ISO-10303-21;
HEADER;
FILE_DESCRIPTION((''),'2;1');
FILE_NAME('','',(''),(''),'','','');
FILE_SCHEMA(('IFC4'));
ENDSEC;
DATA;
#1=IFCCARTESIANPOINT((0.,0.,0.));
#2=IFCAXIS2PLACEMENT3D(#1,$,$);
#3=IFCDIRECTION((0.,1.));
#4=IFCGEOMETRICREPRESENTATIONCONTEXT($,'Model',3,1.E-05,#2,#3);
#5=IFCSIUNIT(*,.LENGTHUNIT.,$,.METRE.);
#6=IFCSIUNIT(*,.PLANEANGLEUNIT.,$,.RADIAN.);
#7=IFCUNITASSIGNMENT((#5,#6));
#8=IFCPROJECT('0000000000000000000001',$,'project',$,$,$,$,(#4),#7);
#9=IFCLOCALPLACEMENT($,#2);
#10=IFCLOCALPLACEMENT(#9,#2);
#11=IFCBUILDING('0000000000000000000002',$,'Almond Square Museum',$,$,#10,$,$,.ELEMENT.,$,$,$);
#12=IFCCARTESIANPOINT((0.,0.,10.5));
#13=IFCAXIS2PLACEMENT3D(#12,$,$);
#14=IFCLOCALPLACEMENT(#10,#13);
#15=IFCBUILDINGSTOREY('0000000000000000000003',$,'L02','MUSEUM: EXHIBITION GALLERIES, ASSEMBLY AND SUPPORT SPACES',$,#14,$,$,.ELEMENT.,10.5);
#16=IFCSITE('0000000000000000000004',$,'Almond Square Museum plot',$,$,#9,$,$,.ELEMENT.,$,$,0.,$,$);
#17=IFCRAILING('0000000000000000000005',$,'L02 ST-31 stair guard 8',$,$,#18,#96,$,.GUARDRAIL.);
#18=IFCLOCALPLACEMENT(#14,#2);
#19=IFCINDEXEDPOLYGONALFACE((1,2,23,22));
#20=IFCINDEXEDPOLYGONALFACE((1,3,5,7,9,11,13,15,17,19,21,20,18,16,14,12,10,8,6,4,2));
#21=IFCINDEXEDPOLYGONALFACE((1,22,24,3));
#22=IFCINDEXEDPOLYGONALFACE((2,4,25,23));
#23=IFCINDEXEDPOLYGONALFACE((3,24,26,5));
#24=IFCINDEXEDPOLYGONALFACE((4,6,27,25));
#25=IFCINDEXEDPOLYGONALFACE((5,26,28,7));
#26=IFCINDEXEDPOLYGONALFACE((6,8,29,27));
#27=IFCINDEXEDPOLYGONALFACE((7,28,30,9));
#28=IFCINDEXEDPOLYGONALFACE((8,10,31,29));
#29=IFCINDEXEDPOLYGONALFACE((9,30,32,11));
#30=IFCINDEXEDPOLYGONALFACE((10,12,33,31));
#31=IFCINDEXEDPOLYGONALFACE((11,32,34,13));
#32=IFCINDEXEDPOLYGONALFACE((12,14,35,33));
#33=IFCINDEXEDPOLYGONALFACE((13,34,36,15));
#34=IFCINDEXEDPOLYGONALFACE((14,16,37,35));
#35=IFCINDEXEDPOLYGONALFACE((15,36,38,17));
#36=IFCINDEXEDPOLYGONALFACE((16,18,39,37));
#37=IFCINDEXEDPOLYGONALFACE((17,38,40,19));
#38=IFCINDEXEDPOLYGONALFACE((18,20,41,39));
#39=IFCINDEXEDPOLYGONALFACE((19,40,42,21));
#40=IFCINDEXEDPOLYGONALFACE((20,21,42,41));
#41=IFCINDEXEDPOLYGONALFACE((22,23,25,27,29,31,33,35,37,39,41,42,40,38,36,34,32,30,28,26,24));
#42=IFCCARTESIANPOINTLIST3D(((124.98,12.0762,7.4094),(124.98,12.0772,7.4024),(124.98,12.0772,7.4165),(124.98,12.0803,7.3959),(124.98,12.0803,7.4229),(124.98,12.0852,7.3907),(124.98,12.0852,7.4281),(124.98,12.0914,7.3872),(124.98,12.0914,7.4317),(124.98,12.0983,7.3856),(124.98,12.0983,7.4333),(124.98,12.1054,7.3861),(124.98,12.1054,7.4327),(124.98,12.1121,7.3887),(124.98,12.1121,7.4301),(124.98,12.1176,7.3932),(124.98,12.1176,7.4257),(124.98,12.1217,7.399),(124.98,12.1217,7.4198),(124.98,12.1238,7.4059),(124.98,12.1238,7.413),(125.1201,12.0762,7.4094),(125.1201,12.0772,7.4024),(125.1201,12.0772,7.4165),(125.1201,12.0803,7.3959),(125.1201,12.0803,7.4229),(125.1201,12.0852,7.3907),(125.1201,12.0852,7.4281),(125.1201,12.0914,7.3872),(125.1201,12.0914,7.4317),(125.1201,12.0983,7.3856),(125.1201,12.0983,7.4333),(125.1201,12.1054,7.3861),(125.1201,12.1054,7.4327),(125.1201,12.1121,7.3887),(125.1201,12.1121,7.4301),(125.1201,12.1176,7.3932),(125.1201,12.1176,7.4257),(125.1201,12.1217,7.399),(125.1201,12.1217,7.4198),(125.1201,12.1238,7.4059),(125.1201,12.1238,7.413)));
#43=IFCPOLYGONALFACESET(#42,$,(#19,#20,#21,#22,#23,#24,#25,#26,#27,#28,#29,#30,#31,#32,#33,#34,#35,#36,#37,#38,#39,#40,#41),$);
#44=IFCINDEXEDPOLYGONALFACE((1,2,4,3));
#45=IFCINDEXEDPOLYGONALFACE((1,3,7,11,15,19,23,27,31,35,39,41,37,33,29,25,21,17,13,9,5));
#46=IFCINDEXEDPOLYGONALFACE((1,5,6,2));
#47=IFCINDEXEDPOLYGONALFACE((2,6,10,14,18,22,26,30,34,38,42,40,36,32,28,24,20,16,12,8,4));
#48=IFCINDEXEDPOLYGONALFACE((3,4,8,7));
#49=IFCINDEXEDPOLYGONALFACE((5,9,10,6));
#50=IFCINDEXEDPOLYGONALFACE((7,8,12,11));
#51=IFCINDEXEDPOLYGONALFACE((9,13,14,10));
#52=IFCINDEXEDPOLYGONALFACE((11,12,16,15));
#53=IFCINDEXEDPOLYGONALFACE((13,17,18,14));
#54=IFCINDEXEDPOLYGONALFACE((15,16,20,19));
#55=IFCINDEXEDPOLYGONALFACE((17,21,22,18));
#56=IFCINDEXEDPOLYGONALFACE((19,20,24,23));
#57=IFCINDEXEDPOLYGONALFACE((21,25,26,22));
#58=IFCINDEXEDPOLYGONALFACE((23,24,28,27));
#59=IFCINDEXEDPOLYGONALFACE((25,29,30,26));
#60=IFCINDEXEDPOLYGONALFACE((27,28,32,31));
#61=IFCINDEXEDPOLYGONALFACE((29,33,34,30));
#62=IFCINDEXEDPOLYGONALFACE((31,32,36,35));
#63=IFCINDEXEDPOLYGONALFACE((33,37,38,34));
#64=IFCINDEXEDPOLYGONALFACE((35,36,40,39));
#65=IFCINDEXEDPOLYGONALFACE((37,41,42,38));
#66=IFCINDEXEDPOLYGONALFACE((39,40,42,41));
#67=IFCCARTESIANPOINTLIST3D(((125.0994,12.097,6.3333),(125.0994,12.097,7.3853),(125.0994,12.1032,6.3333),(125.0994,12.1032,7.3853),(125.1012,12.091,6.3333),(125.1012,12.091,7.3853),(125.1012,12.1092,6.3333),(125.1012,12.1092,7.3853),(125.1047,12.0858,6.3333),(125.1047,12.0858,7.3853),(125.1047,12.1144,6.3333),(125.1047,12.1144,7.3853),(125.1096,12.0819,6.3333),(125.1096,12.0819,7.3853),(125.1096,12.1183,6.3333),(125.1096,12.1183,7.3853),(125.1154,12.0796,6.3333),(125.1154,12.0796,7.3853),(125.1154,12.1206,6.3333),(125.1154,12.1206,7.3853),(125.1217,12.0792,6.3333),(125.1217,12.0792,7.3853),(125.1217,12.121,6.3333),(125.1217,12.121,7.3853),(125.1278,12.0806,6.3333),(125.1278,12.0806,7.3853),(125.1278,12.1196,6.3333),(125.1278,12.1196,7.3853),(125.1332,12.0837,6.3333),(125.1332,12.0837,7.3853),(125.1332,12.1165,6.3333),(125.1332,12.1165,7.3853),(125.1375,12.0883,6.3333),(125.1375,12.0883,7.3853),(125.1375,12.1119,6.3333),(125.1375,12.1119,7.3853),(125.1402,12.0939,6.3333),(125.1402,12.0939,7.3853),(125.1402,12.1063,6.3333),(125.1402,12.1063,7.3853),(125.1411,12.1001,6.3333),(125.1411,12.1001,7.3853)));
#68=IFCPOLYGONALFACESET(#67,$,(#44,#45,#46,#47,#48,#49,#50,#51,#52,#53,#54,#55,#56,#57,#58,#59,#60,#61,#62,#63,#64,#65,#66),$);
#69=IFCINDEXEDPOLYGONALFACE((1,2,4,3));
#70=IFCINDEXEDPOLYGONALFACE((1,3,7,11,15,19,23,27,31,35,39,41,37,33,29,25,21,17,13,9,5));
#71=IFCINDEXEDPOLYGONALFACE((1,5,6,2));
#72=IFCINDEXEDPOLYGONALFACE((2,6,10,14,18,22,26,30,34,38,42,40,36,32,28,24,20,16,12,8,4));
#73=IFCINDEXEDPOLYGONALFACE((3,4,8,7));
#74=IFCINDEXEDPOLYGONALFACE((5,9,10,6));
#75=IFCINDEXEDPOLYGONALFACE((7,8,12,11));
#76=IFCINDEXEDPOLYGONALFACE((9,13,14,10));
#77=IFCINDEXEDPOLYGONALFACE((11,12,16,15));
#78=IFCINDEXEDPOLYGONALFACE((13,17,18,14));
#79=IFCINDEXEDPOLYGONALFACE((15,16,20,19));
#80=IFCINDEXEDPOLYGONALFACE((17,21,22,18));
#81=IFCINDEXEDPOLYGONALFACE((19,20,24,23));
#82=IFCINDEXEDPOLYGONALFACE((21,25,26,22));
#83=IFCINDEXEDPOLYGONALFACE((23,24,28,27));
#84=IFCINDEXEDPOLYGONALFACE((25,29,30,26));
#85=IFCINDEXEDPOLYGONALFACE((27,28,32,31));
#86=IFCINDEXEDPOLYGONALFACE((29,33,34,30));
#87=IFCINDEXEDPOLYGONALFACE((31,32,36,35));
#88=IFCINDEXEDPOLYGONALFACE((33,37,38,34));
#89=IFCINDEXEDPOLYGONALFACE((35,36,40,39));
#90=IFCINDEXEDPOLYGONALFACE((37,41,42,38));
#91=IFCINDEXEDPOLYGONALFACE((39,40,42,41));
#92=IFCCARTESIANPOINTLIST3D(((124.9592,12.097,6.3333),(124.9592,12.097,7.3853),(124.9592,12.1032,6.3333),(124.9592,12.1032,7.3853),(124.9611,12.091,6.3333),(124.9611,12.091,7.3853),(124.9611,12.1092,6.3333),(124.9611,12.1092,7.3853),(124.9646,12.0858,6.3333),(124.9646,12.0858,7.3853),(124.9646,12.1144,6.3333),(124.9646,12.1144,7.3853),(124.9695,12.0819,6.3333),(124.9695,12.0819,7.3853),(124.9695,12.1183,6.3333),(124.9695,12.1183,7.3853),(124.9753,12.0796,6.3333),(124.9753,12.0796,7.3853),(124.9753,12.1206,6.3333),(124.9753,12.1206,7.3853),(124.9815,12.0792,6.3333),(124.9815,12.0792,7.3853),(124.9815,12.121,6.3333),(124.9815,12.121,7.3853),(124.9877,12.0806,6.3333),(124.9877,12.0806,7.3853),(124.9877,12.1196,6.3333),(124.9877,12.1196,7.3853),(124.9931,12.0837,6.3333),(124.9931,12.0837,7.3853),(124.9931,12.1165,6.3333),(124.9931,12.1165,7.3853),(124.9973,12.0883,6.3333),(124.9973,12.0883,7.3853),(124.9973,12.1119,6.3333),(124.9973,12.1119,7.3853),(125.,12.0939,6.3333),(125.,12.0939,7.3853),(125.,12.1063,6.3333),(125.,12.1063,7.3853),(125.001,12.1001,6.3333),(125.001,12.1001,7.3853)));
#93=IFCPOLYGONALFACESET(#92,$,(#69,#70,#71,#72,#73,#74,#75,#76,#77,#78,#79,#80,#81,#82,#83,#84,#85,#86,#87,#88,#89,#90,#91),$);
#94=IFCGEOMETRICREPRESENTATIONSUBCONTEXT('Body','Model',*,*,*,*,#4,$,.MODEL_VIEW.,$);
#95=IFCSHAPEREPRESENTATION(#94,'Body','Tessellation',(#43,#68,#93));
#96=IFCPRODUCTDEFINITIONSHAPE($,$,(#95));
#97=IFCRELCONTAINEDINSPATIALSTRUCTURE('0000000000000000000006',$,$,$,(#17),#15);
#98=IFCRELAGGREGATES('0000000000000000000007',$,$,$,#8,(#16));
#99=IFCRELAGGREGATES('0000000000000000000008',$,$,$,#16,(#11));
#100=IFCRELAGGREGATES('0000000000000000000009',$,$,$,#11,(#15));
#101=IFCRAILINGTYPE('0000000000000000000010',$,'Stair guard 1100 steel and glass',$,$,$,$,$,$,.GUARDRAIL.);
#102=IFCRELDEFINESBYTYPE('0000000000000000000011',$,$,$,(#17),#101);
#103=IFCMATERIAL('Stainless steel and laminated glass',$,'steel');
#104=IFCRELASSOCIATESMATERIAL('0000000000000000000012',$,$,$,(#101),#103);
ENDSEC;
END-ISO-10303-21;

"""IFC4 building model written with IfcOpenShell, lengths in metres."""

from ifc_helpers import new_model, si_unit, direction, frame, origin, origin_2d, place, context, subcontext, project, spatial, circle, extrude, material, type_object, element, save


model = new_model("IFC4")

# Units and contexts
model_context = context("Model", 3, precision=1e-05, world=origin(), true_north=direction((0.0, 1.0)))
body_context = subcontext(model_context, "Body", "Model", "MODEL_VIEW")
ifc_project = project(units=[si_unit("LENGTHUNIT", "METRE"), si_unit("PLANEANGLEUNIT", "RADIAN")], contexts=[model_context])

# Site, building, storey
site_placement = place(None, origin())
site = spatial("IfcSite", under=ifc_project, at=site_placement, Name="Almond Square Museum plot", CompositionType="ELEMENT", RefElevation=0.0)
building_placement = place(site_placement, origin())
building = spatial("IfcBuilding", under=site, at=building_placement, Name="Almond Square Museum", CompositionType="ELEMENT")
storey_placement = place(building_placement, frame((0.0, 0.0, 10.5)))
storey = spatial("IfcBuildingStorey", under=building, at=storey_placement, Name="L02", Description="MUSEUM: EXHIBITION GALLERIES, ASSEMBLY AND SUPPORT SPACES", CompositionType="ELEMENT", Elevation=10.5)

# Railing
ifc_material_1 = material(Name="Stainless steel and laminated glass", Category="steel")
railing_type_1 = type_object("IfcRailingType", Name="Stair guard 1100 steel and glass", PredefinedType="GUARDRAIL", material=ifc_material_1)
railing_1_placement = place(storey_placement, frame((125.1201, 12.1001, 6.3333)))
element("IfcRailing", 1, at=railing_1_placement, inside=storey, type_object=railing_type_1, Name="L02 ST-31 stair guard 8", PredefinedType="GUARDRAIL", context=body_context, shape_type="SweptSolid", body=[
    extrude(circle(Radius=0.0239, at=origin_2d()), frame((0.0, 0.0, 1.0762), z_axis=(-1.0, 0.0, 0.0), x_axis=(0.0, -1.0, 0.0)), (0.0, 0.0, 1.0), 0.1401),
    extrude(circle(Radius=0.021, at=origin_2d()), origin(), (0.0, 0.0, 1.0), 1.052),
    extrude(circle(Radius=0.021, at=origin_2d()), frame((-0.1401, 0.0, 0.0)), (0.0, 0.0, 1.0), 1.052),
])

save(model, "model.ifc")
